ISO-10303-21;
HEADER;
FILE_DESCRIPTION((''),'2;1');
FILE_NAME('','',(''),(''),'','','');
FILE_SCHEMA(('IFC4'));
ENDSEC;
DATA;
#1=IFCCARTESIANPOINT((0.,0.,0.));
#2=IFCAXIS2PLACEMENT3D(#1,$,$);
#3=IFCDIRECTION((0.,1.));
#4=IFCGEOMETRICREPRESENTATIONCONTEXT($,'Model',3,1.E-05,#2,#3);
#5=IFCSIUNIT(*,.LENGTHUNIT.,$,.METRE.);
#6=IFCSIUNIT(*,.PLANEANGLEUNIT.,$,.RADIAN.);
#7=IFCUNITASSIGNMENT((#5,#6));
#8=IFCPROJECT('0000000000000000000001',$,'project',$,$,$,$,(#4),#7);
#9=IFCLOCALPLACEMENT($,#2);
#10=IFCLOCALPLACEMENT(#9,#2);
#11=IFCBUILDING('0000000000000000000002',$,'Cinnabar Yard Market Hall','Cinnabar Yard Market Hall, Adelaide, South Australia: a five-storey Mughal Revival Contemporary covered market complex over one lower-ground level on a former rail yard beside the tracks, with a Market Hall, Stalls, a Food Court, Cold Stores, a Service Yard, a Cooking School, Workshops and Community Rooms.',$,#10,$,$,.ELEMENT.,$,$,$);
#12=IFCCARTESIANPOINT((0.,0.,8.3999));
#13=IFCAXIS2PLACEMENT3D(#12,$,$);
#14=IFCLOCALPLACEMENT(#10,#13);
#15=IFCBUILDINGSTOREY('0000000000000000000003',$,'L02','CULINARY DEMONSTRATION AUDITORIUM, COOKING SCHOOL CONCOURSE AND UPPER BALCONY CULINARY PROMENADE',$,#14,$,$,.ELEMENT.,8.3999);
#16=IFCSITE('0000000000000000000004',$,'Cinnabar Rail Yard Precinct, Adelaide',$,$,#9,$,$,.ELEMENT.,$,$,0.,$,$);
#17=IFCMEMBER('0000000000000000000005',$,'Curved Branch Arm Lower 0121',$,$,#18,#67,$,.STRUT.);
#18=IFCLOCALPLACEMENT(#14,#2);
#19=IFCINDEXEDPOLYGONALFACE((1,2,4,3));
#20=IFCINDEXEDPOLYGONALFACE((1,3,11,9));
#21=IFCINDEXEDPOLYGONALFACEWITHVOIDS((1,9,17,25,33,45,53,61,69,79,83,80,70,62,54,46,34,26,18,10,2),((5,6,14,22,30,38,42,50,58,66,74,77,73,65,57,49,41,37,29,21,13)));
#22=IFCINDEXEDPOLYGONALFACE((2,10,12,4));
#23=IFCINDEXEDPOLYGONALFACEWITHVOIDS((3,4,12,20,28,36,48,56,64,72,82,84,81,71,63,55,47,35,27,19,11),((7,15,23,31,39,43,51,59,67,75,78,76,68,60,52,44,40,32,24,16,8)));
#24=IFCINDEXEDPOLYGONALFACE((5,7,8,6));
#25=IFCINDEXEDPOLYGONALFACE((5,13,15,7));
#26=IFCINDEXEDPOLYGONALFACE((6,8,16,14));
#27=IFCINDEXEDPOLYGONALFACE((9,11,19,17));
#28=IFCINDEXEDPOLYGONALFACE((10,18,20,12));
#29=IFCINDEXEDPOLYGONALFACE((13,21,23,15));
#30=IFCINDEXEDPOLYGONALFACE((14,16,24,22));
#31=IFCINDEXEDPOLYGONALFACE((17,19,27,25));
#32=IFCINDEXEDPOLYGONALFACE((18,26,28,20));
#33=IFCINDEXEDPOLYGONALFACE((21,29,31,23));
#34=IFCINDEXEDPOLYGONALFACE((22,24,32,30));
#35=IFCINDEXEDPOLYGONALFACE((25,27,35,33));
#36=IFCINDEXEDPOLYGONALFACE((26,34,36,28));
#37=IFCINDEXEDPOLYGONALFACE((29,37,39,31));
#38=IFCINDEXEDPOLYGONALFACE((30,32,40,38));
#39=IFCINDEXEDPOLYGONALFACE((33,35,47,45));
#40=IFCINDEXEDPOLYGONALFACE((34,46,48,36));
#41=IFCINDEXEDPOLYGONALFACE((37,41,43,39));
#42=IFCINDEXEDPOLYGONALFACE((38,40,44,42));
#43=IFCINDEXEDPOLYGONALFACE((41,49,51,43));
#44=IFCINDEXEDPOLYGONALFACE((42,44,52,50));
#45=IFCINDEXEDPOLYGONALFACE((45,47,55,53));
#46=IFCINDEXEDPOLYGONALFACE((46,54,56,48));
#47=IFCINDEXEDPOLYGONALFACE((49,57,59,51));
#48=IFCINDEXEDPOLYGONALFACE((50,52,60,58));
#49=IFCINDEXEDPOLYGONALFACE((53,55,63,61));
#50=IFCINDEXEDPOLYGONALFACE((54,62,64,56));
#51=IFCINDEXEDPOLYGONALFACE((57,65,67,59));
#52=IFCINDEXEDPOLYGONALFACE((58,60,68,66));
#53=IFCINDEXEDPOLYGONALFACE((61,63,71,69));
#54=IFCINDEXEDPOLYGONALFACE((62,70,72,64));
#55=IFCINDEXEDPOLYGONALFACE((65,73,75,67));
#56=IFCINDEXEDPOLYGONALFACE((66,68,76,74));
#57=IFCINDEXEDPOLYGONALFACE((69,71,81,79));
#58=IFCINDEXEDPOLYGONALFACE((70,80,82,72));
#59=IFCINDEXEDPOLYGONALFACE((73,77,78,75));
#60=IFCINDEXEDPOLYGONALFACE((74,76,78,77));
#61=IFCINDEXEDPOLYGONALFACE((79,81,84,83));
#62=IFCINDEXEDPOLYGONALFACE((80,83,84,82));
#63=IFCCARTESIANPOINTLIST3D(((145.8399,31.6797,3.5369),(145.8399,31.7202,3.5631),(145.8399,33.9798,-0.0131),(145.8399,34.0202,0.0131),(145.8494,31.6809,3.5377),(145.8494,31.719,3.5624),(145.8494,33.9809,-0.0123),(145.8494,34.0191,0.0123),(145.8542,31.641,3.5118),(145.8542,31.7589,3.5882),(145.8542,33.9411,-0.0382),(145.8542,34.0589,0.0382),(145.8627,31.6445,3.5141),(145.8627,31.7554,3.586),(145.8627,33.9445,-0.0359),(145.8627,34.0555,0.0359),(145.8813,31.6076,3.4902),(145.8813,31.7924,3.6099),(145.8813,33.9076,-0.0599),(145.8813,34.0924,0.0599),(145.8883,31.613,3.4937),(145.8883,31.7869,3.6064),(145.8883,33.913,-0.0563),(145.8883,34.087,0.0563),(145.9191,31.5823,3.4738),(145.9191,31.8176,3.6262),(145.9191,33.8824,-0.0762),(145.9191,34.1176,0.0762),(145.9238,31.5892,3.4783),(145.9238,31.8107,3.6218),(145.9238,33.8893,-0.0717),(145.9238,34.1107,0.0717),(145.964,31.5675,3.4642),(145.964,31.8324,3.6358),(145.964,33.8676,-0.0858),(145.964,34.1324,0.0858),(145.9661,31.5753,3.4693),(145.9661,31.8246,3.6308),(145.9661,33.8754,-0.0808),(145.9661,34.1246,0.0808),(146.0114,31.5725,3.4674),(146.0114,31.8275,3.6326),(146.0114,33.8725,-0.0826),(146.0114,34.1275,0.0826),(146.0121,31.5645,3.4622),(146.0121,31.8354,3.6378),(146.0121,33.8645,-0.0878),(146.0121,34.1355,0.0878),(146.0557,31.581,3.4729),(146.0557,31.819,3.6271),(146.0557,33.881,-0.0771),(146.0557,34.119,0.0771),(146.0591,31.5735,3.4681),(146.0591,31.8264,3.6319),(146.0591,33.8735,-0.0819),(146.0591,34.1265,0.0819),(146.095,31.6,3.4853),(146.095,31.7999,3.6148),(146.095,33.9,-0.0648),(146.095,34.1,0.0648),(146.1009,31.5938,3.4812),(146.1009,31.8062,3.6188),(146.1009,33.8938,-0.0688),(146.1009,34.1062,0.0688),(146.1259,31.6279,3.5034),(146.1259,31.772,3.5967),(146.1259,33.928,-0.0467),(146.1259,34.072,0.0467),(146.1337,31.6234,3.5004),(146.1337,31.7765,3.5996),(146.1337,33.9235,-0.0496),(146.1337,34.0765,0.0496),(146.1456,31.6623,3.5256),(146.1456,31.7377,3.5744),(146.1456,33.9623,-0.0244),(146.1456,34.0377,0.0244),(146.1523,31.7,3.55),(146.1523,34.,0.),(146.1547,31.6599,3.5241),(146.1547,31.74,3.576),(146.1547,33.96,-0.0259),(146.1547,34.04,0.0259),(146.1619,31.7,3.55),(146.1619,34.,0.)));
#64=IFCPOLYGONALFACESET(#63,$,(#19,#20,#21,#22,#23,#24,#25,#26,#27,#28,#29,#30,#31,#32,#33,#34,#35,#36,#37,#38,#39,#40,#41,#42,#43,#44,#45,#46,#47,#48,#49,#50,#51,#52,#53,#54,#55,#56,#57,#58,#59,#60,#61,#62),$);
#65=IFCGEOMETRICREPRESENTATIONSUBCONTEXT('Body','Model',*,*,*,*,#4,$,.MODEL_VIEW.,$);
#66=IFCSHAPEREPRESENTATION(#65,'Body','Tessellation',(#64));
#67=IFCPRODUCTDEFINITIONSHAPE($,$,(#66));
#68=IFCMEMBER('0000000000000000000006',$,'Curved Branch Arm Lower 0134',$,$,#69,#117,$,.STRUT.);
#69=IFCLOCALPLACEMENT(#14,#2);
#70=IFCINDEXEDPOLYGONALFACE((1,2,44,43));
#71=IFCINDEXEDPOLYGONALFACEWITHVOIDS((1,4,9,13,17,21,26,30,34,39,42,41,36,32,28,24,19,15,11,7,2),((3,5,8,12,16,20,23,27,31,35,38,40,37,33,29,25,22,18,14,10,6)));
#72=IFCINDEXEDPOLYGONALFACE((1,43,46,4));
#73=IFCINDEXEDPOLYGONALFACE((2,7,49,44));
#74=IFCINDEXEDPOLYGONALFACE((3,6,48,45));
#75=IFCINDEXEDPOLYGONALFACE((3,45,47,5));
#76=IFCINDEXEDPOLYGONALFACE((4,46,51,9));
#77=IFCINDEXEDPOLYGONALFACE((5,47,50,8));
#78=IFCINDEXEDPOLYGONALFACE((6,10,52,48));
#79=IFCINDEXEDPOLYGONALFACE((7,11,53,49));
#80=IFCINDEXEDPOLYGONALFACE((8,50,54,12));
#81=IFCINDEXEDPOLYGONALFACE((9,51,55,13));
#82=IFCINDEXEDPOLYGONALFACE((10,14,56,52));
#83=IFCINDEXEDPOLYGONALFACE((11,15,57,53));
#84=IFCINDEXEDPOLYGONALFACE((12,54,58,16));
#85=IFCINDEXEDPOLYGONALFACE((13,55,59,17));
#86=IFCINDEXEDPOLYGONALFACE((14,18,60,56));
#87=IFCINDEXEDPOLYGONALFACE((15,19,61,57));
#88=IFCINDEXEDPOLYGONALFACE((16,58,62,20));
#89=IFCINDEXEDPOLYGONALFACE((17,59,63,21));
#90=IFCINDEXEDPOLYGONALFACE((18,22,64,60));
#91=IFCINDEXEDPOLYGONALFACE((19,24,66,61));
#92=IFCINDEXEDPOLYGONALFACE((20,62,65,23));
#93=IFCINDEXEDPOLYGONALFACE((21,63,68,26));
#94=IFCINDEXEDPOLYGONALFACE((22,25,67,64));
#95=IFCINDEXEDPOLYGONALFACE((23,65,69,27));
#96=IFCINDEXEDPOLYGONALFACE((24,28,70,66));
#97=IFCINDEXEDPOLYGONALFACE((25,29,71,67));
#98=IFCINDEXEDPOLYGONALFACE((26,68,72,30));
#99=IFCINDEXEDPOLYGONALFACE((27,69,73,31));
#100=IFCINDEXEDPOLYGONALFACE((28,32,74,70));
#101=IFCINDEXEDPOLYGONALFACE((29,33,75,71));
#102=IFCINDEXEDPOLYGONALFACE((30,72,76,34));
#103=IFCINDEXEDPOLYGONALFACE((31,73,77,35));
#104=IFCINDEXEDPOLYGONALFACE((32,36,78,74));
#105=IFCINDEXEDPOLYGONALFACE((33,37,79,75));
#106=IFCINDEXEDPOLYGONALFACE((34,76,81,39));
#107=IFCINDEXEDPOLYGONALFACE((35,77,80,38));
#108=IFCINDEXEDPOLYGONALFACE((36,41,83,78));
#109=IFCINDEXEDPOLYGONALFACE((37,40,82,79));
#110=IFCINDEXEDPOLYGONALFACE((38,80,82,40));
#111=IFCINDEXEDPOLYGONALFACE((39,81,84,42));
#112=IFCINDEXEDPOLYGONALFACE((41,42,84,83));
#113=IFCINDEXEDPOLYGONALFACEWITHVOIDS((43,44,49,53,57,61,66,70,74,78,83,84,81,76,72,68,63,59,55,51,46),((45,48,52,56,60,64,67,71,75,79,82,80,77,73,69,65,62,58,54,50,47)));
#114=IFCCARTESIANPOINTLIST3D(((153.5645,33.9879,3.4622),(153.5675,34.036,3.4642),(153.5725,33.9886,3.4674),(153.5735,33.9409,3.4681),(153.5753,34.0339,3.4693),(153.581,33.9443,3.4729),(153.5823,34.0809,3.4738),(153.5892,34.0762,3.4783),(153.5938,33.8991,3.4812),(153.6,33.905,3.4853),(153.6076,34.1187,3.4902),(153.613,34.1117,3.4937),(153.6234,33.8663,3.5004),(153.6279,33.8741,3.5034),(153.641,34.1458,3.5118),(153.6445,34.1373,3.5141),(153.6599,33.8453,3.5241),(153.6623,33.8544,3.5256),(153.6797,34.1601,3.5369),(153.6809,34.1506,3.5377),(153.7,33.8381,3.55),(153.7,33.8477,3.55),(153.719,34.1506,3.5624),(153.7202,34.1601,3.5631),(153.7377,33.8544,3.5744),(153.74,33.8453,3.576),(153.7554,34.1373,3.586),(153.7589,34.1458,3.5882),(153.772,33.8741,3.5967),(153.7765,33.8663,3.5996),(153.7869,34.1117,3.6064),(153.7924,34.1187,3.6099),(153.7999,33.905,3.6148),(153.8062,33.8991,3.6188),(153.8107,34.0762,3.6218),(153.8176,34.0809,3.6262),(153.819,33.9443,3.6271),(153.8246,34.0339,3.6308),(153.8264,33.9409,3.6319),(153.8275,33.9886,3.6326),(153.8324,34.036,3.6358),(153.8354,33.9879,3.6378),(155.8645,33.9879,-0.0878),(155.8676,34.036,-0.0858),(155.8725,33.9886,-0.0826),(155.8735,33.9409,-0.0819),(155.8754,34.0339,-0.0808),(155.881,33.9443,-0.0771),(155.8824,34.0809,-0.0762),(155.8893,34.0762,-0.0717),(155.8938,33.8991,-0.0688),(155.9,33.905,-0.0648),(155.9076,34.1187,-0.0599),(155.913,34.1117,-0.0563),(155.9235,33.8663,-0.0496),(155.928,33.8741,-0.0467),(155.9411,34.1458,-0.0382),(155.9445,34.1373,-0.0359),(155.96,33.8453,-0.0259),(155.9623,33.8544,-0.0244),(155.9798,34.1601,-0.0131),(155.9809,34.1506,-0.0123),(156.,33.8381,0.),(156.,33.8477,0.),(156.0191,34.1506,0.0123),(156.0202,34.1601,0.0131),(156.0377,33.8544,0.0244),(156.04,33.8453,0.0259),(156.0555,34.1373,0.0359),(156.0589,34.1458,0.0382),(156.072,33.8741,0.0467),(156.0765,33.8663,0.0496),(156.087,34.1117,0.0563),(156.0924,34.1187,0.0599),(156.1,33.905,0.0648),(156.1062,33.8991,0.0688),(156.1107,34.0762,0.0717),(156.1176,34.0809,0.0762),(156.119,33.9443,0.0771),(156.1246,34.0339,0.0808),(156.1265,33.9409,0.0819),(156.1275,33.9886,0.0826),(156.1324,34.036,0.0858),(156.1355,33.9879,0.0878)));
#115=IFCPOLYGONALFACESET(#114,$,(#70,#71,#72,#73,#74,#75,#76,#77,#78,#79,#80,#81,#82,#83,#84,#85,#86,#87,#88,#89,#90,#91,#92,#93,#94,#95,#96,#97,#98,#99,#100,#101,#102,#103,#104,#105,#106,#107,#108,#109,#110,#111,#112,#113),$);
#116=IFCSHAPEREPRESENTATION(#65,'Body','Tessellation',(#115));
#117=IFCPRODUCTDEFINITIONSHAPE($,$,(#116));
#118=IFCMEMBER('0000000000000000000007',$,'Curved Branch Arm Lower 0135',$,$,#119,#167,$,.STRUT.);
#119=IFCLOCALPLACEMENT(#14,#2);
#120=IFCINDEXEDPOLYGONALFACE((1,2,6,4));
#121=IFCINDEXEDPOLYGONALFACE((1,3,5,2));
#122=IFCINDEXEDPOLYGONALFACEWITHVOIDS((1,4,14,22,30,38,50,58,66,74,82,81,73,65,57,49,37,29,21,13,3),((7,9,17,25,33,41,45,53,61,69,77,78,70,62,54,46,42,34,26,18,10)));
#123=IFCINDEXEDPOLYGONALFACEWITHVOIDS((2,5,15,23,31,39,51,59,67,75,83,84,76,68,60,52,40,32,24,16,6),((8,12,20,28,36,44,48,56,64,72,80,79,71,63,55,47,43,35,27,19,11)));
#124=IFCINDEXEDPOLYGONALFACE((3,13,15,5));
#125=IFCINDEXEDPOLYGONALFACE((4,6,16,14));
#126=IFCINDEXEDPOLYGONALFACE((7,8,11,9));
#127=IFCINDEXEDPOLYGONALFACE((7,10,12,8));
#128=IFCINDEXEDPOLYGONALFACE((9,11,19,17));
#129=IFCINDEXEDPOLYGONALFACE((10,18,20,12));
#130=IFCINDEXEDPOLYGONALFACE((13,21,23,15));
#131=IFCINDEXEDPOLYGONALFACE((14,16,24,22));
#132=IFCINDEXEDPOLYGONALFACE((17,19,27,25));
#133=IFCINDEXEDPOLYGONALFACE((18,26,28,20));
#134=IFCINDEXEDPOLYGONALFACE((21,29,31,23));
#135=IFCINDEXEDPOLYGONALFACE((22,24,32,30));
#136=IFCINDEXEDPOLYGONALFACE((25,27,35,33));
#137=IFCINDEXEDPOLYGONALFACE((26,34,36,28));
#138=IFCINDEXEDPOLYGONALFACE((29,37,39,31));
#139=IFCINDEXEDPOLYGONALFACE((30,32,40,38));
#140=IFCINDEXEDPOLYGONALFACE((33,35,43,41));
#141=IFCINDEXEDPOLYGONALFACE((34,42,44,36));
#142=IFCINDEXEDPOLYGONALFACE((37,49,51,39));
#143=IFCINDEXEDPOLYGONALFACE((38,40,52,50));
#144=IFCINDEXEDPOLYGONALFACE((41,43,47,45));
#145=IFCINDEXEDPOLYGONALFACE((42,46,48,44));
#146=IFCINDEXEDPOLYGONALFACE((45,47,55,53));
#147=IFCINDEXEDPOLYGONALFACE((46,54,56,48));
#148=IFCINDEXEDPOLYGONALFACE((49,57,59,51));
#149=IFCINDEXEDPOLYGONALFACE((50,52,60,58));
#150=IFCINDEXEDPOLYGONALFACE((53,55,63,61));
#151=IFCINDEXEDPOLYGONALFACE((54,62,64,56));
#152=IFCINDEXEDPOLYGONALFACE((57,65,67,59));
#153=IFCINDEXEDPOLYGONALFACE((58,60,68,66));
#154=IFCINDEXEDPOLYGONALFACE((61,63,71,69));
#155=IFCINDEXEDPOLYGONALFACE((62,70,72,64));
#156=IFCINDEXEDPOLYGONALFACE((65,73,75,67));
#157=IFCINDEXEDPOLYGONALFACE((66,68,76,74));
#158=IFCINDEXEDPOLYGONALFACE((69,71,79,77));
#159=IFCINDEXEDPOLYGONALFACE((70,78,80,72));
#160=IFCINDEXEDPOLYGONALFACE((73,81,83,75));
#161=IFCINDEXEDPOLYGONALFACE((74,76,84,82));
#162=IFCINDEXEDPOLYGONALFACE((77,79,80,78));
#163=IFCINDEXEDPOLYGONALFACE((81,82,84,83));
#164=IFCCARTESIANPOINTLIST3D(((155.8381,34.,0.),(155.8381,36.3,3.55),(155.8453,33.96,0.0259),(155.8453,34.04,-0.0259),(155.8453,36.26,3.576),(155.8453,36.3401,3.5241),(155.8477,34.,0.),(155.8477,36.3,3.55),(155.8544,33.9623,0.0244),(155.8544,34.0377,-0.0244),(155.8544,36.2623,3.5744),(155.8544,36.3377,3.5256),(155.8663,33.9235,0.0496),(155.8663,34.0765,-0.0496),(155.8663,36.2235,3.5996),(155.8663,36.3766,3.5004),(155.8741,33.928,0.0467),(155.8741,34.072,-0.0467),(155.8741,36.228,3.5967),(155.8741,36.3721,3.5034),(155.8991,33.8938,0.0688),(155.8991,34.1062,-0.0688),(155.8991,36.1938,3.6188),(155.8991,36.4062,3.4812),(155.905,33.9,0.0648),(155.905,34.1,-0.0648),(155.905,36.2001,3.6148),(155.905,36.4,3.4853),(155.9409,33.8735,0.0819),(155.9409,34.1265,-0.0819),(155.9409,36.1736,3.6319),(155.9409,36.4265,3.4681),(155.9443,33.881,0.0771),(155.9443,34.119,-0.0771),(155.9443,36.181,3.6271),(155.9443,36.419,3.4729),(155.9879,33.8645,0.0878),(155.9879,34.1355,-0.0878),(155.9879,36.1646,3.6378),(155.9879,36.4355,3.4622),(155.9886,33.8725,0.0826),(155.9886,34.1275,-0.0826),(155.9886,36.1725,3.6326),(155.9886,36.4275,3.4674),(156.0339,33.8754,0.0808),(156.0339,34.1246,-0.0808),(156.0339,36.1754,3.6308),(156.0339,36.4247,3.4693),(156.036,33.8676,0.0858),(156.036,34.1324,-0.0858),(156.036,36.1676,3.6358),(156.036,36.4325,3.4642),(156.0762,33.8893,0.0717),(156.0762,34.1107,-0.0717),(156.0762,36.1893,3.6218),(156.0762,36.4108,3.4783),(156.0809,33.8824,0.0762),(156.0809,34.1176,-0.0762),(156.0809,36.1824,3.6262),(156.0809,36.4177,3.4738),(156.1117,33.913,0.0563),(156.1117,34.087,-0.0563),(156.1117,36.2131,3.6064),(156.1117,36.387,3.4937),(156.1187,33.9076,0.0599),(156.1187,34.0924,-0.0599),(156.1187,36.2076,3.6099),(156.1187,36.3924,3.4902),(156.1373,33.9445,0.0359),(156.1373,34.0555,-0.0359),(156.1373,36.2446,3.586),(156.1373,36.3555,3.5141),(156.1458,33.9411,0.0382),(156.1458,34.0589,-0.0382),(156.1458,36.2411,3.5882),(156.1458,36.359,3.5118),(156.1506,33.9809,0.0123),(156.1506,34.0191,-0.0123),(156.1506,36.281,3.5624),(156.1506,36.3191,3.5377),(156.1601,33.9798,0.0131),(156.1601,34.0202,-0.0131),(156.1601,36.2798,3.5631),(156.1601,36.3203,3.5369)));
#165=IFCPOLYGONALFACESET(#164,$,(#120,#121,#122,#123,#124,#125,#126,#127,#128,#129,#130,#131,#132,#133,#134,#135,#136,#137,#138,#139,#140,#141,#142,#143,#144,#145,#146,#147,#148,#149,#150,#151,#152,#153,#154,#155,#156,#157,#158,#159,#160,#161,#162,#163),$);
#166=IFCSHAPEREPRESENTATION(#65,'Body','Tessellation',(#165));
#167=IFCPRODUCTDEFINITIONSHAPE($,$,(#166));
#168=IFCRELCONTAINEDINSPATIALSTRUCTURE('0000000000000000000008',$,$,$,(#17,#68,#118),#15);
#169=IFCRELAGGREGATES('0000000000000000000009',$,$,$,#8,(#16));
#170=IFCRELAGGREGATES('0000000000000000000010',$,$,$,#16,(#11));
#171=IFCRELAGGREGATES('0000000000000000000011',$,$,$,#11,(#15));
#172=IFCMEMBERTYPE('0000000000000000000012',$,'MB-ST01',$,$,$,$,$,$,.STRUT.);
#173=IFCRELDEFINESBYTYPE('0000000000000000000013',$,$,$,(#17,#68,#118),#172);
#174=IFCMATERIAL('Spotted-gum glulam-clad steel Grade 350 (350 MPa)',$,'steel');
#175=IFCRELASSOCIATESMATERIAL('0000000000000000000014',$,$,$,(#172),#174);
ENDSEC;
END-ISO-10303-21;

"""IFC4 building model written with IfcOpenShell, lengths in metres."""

from ifc_helpers import new_model, si_unit, direction, frame, origin, origin_2d_with_axis, place, context, subcontext, project, spatial, hollow_circle, extrude, material, material_profile, profile_set, type_object, element, save


model = new_model("IFC4")

# Units and contexts
model_context = context("Model", 3, precision=1e-05, world=origin(), true_north=direction((0.0, 1.0)))
body_context = subcontext(model_context, "Body", "Model", "MODEL_VIEW")
ifc_project = project(units=[si_unit("LENGTHUNIT", "METRE"), si_unit("PLANEANGLEUNIT", "RADIAN")], contexts=[model_context])

# Site, building, storey
site_placement = place(None, origin())
site = spatial("IfcSite", under=ifc_project, at=site_placement, Name="Cinnabar Rail Yard Precinct, Adelaide", CompositionType="ELEMENT", RefElevation=0.0)
building_placement = place(site_placement, origin())
building = spatial("IfcBuilding", under=site, at=building_placement, Name="Cinnabar Yard Market Hall", Description="Cinnabar Yard Market Hall, Adelaide, South Australia: a five-storey Mughal Revival Contemporary covered market complex over one lower-ground level on a former rail yard beside the tracks, with a Market Hall, Stalls, a Food Court, Cold Stores, a Service Yard, a Cooking School, Workshops and Community Rooms.", CompositionType="ELEMENT")
storey_placement = place(building_placement, frame((0.0, 0.0, 8.3999)))
storey = spatial("IfcBuildingStorey", under=building, at=storey_placement, Name="L02", Description="CULINARY DEMONSTRATION AUDITORIUM, COOKING SCHOOL CONCOURSE AND UPPER BALCONY CULINARY PROMENADE", CompositionType="ELEMENT", Elevation=8.3999)

# Shared definitions
ifc_material_1 = material(Name="Spotted-gum glulam-clad steel Grade 350 (350 MPa)", Category="steel")

# Members
ifc_material_profile_1 = material_profile(ifc_material_1, hollow_circle(Radius=0.1619, WallThickness=0.0095, at=origin_2d_with_axis()), Name="323.9x9.5CHS")
ifc_profile_set_1 = profile_set([ifc_material_profile_1], Name="Spotted-gum glulam-clad steel Grade 350 (350 MPa)")
member_type_1 = type_object("IfcMemberType", Name="MB-ST01", PredefinedType="STRUT", material=ifc_profile_set_1)
for number, where, z_axis, x_axis, name in (
    (1, (146.0, 34.0, 0.0), (0.0, -0.543744, 0.839251), (1.0, 0.0, 0.0), "Curved Branch Arm Lower 0121"),
    (2, (156.0, 34.0, 0.0), (-0.543744, 0.0, 0.839251), (0.0, -1.0, 0.0), "Curved Branch Arm Lower 0134"),
    (3, (156.0, 34.0, 0.0), (0.0, 0.543744, 0.839251), (-1.0, 0.0, 0.0), "Curved Branch Arm Lower 0135"),
):
    element("IfcMember", number, at=place(storey_placement, frame(where, z_axis=z_axis, x_axis=x_axis)), inside=storey, type_object=member_type_1, Name=name, PredefinedType="STRUT", context=body_context, shape_type="SweptSolid", body=[
        extrude(hollow_circle(Radius=0.1619, WallThickness=0.0095, at=origin_2d_with_axis()), origin(), (0.0, 0.0, 1.0), 4.23),
    ])

save(model, "model.ifc")
